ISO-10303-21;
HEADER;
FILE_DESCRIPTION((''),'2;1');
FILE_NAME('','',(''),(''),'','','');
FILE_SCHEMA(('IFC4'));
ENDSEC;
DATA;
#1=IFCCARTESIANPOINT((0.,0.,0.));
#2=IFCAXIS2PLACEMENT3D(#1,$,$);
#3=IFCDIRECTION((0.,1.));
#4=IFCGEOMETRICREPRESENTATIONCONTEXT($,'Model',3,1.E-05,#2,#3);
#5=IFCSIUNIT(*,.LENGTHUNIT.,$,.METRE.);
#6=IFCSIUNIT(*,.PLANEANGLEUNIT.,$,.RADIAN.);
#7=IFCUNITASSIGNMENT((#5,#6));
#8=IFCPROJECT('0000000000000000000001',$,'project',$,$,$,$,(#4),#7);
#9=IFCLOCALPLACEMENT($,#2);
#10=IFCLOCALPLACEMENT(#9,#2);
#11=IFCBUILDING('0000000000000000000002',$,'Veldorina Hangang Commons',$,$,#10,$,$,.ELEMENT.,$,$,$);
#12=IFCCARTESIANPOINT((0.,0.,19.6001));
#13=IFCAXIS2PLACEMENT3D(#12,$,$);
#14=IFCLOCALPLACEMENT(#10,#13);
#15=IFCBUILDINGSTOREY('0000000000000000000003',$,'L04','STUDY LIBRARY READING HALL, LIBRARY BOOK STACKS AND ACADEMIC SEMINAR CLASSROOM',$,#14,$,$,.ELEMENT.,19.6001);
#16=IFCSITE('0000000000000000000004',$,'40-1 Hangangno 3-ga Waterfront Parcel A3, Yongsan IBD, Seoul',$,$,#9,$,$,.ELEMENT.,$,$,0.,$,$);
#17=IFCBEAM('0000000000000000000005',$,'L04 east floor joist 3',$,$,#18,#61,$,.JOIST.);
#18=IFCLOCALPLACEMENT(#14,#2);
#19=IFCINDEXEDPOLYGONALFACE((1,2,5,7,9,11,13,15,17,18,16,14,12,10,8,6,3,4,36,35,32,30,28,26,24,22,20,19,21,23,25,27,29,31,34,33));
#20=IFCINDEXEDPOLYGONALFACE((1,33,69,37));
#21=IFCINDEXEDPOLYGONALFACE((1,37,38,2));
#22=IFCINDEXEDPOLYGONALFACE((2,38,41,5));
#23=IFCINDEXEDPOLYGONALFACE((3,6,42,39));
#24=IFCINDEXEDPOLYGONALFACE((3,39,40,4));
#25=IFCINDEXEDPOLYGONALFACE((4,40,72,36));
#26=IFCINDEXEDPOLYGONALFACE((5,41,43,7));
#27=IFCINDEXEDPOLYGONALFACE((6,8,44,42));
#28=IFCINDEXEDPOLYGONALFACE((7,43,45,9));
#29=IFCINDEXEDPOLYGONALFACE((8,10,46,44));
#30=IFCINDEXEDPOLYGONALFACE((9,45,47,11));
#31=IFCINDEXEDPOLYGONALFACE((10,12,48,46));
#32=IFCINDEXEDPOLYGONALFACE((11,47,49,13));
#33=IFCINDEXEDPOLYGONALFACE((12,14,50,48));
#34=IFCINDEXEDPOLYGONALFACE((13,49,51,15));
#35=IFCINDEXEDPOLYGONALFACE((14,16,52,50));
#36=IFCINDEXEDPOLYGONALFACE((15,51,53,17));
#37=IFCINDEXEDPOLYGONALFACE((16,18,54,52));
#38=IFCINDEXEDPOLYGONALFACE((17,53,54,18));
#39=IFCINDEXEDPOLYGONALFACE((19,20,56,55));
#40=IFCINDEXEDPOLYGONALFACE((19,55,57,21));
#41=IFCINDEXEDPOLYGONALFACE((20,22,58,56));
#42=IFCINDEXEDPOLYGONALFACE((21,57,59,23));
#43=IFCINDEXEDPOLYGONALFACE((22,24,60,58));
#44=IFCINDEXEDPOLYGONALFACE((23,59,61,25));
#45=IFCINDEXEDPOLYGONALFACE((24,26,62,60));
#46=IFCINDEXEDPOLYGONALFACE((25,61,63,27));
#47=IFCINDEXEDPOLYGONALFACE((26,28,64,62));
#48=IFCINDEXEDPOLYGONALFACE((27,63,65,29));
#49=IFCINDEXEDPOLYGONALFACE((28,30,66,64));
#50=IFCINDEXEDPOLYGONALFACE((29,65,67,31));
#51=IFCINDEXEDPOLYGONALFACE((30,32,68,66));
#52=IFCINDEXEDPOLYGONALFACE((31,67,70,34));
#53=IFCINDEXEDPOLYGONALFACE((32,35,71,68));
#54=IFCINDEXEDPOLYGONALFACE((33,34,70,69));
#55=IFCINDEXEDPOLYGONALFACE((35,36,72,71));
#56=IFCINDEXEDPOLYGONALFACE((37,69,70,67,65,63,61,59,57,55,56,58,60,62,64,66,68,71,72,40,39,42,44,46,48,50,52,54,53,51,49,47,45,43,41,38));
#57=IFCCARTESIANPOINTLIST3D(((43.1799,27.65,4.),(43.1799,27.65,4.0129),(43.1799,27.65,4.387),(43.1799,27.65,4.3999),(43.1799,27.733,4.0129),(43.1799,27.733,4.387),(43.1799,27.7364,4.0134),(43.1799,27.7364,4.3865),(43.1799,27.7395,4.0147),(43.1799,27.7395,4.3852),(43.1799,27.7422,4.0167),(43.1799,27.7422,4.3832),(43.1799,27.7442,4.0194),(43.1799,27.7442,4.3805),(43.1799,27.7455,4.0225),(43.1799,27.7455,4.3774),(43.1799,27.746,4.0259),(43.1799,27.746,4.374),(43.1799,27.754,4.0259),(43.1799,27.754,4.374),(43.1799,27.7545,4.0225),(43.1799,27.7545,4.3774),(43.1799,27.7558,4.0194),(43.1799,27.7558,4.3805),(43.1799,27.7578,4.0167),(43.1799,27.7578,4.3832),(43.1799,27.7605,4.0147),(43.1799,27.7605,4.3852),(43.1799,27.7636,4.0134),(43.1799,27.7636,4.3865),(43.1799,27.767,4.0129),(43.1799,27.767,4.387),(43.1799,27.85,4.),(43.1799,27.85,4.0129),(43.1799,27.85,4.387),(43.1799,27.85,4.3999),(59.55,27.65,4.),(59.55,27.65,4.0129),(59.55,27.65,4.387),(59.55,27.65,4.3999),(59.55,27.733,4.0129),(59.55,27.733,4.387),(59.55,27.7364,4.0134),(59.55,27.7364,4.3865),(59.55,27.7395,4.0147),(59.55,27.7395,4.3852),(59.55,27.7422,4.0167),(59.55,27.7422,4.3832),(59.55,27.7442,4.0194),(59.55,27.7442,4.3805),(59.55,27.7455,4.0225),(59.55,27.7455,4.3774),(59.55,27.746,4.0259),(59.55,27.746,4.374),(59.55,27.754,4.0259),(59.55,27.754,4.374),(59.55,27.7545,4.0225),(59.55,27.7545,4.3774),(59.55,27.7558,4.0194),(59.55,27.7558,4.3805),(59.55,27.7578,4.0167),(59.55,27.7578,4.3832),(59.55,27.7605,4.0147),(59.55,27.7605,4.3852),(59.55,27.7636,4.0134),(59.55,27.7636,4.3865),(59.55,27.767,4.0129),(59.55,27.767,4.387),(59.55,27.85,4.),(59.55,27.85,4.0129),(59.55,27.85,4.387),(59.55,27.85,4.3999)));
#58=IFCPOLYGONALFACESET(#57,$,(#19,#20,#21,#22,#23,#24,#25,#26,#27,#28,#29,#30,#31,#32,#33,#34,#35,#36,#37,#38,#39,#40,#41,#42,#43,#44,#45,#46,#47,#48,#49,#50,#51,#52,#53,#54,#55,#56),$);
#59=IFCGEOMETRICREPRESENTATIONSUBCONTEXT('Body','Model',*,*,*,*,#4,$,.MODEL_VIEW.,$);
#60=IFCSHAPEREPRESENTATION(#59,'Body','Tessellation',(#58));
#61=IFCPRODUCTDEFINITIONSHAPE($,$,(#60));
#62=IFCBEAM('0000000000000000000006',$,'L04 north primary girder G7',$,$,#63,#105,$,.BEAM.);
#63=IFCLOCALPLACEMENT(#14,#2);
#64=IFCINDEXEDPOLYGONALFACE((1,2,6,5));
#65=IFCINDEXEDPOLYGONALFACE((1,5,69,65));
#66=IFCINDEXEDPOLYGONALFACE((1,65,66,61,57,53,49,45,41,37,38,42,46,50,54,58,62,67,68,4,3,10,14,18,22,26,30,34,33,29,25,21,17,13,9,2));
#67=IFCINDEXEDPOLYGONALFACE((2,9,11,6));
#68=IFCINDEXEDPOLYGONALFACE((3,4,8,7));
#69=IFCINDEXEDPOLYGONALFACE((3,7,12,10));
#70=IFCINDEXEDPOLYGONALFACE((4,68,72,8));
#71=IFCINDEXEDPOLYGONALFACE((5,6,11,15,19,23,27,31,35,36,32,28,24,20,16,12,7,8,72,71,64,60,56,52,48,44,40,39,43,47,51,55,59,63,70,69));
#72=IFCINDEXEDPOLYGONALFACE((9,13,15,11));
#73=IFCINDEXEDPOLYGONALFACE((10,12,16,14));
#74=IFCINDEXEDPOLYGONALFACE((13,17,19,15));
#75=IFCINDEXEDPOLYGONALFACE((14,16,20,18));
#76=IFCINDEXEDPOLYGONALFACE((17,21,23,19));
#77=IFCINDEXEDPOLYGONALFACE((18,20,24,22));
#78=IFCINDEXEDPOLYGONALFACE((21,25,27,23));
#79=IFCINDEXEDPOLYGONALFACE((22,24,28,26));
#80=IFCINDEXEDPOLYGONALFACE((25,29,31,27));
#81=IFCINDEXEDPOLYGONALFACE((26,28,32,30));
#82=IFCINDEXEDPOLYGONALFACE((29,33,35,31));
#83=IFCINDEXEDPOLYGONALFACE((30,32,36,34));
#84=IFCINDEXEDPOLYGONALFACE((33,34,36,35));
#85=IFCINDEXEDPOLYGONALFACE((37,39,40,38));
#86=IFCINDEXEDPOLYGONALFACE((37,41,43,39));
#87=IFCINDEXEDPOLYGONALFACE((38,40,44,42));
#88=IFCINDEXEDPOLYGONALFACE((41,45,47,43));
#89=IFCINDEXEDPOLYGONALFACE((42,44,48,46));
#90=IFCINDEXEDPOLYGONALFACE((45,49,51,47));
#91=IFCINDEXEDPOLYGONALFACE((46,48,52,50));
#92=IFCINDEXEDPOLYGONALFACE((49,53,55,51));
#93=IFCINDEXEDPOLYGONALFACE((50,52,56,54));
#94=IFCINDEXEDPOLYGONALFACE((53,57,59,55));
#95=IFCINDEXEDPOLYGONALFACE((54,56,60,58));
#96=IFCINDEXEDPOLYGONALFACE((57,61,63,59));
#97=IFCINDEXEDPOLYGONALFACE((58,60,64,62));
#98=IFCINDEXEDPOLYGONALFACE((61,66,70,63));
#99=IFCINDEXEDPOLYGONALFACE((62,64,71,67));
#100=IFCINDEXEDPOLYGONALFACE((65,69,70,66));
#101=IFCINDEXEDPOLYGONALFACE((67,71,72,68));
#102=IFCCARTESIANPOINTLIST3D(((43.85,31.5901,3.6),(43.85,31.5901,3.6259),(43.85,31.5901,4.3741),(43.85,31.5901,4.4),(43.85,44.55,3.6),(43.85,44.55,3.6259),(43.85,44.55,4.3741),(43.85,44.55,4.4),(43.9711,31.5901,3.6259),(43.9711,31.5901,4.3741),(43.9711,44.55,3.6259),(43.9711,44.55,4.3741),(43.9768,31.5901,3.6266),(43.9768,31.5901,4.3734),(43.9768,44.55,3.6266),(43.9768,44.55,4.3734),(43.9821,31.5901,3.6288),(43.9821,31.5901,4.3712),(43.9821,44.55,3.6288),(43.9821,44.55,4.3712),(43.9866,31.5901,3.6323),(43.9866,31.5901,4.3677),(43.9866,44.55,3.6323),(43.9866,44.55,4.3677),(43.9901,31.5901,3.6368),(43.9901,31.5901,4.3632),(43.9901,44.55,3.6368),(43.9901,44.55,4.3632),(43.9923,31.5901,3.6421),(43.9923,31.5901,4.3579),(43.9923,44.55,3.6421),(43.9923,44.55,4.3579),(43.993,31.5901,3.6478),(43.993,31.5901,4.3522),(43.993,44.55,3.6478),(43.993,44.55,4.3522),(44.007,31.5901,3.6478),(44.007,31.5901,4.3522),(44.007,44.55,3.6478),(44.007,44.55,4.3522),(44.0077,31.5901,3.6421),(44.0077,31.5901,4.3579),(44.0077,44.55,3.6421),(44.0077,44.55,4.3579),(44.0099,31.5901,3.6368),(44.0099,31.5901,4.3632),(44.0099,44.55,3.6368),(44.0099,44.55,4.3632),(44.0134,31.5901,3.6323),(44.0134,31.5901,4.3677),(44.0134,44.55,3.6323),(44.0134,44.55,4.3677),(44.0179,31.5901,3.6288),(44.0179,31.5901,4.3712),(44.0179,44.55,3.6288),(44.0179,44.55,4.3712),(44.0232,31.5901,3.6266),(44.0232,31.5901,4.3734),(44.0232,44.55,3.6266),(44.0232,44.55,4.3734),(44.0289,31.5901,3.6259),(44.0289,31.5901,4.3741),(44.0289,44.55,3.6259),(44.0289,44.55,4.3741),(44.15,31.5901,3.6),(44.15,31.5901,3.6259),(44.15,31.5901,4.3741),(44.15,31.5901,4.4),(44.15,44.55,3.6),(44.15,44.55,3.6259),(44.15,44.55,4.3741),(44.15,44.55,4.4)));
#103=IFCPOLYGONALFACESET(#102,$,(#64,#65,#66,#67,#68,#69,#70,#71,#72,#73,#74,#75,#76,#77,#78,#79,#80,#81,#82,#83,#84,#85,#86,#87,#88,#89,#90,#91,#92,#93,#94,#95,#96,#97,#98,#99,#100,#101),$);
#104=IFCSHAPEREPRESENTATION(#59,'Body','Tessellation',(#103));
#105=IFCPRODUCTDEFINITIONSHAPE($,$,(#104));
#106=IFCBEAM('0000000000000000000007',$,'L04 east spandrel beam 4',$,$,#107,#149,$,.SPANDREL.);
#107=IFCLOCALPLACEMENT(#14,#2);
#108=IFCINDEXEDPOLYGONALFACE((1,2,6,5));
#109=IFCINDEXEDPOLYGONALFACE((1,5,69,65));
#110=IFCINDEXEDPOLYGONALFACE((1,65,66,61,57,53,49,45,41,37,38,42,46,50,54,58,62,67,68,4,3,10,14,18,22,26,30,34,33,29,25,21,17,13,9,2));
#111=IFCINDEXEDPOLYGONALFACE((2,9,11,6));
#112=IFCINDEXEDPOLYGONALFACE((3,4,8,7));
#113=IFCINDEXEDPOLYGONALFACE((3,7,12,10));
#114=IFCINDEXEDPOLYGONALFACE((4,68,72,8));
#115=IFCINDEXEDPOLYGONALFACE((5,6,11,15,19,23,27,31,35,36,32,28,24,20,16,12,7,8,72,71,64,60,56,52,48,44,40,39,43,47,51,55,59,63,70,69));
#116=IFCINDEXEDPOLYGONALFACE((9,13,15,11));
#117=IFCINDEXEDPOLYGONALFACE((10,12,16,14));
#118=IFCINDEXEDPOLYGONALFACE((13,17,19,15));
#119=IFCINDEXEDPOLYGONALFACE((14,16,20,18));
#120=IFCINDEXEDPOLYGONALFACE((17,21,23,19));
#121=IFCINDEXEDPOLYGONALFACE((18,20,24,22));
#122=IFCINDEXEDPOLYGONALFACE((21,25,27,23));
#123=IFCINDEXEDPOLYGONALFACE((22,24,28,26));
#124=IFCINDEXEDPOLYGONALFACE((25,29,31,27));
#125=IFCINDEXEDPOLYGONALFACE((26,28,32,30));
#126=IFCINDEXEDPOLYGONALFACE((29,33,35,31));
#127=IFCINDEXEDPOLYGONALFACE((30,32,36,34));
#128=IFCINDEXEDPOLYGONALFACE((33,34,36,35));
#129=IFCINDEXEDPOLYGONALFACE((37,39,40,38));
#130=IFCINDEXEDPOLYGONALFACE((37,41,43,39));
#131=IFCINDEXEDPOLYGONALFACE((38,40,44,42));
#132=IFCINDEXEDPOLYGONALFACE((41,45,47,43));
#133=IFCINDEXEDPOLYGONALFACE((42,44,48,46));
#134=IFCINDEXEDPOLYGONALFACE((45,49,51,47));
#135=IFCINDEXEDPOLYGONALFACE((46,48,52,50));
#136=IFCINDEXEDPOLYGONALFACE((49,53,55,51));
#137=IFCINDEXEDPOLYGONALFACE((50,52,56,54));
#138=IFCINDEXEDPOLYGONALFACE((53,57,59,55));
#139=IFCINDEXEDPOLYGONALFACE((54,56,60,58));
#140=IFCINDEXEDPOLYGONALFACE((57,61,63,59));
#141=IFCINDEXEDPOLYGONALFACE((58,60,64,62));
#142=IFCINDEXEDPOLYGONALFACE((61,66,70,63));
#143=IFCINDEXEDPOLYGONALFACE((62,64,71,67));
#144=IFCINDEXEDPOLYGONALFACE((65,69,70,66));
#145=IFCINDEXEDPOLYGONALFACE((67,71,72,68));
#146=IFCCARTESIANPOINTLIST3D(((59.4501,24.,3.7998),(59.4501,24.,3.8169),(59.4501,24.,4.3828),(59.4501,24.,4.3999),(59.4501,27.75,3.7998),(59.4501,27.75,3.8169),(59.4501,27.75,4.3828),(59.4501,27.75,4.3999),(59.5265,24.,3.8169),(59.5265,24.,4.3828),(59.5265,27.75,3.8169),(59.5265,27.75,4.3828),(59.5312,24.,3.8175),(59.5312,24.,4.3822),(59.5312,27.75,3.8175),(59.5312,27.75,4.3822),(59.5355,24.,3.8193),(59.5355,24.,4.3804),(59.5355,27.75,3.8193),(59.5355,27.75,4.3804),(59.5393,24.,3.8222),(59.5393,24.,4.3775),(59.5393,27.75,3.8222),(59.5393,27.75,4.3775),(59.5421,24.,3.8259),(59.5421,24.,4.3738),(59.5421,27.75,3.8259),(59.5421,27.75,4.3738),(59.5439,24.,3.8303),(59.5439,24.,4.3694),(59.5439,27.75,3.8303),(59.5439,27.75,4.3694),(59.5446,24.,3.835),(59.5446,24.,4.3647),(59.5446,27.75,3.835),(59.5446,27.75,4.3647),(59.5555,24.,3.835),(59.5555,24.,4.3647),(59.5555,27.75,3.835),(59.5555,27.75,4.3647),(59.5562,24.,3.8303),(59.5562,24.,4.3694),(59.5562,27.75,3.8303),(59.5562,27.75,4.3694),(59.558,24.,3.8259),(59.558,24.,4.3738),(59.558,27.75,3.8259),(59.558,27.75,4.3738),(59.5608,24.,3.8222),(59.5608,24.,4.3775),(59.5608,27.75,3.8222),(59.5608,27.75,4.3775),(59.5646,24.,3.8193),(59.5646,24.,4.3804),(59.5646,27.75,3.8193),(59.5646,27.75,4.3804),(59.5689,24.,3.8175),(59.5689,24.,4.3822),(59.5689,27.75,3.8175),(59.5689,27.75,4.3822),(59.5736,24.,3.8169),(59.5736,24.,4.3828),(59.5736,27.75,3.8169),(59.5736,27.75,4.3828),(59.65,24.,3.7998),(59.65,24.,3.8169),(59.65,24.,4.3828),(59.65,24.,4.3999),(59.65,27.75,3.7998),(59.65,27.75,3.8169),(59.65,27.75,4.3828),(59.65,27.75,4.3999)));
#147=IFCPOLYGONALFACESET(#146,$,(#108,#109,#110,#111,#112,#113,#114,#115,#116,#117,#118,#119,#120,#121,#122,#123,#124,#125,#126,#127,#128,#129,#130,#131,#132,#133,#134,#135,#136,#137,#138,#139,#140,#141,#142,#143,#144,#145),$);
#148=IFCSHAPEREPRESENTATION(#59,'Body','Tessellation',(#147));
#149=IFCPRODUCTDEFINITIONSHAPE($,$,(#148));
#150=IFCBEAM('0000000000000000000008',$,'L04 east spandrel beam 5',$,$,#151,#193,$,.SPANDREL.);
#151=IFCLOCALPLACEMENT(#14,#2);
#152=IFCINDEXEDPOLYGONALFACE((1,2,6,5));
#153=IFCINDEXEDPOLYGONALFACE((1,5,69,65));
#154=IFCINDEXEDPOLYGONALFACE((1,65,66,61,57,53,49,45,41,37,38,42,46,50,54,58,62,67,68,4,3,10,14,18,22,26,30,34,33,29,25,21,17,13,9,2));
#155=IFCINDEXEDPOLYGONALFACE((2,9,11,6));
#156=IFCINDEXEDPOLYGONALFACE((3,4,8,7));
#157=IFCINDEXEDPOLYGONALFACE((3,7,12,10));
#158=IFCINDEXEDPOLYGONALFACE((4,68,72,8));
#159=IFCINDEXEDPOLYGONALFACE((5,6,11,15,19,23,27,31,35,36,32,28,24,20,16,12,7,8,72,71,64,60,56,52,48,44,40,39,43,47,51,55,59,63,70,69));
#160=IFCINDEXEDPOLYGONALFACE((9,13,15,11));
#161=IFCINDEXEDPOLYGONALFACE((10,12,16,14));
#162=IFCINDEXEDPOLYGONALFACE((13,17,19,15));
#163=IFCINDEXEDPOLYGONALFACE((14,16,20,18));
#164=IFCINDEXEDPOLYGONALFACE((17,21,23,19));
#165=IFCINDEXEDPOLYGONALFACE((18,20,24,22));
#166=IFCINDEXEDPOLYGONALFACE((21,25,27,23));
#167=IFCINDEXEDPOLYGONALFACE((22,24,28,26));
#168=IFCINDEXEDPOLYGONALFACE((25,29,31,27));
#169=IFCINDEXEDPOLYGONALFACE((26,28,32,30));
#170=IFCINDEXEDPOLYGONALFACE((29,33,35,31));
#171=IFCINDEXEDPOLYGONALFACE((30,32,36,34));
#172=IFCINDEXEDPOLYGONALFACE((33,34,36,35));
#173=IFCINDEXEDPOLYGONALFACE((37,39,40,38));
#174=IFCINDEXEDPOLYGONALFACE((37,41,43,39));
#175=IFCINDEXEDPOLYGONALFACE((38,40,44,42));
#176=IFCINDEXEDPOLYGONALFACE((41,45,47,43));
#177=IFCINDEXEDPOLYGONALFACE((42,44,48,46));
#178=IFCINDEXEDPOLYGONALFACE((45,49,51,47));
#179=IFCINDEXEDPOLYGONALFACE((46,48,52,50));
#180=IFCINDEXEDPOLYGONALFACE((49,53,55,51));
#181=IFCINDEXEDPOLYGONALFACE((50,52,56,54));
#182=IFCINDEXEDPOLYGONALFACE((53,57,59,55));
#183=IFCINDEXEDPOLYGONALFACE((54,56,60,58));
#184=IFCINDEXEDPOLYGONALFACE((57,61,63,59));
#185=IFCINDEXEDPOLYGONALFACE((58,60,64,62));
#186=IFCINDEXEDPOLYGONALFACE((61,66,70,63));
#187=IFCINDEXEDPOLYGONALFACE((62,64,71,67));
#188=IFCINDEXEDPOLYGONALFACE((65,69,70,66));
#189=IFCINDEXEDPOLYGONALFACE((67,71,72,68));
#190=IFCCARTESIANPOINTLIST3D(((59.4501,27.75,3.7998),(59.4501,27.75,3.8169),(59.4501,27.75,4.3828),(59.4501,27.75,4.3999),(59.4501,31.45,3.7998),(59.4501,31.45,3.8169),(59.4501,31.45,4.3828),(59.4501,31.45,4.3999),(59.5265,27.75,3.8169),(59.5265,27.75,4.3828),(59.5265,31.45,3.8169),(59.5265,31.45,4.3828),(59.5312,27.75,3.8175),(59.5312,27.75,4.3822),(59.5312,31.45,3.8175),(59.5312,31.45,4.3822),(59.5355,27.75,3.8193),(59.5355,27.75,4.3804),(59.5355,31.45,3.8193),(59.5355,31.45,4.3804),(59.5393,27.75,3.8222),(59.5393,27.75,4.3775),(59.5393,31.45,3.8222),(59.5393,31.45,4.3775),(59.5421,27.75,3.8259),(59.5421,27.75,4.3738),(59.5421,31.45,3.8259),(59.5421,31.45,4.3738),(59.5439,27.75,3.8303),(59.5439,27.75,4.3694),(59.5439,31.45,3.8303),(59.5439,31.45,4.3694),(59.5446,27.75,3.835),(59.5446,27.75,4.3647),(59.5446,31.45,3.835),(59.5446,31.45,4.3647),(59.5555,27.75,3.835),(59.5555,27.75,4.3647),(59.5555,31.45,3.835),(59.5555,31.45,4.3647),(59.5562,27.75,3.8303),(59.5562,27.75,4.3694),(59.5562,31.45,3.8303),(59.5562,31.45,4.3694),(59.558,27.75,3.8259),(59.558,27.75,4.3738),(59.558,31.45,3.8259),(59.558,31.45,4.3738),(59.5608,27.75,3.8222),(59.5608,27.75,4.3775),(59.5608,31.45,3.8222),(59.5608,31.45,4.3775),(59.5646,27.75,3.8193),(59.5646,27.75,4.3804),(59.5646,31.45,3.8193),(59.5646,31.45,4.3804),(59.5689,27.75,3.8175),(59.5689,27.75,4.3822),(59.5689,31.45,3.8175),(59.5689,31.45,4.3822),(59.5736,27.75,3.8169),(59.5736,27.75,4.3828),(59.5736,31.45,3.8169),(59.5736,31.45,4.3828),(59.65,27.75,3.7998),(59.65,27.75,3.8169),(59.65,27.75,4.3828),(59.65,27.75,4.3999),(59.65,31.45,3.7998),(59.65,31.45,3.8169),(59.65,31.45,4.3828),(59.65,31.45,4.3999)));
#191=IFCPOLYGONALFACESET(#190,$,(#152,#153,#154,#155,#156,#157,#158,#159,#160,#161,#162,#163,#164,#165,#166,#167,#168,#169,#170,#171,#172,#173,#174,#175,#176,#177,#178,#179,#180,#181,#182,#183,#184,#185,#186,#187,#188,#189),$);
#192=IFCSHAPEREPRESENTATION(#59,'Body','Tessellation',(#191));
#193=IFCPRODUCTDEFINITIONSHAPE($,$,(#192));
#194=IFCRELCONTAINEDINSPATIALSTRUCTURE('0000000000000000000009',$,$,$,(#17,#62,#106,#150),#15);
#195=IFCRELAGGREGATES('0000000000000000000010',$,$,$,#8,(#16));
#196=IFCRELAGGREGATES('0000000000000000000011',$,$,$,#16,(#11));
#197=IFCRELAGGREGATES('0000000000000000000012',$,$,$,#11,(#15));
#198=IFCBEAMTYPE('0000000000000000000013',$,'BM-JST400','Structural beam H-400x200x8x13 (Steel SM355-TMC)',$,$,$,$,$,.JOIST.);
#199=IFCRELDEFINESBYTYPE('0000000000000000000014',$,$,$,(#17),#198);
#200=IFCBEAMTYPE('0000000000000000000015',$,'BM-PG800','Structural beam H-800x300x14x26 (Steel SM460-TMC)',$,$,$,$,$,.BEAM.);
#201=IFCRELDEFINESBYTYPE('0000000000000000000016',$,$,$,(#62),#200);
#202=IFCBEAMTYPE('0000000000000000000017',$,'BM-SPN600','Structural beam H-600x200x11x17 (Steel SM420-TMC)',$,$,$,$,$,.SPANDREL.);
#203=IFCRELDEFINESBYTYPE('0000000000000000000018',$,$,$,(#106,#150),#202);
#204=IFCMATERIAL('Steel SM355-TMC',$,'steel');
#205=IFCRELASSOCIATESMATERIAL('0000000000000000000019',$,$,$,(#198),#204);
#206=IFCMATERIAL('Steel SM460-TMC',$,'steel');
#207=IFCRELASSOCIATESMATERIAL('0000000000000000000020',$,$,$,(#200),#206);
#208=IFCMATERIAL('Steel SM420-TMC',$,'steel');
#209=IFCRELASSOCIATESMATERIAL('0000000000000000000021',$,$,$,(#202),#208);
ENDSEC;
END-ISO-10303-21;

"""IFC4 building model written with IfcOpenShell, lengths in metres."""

from ifc_helpers import new_model, si_unit, direction, frame, origin, origin_2d, place, context, subcontext, project, spatial, i_section, extrude, material, material_profile, profile_set, type_object, element, save


model = new_model("IFC4")

# Units and contexts
model_context = context("Model", 3, precision=1e-05, world=origin(), true_north=direction((0.0, 1.0)))
body_context = subcontext(model_context, "Body", "Model", "MODEL_VIEW")
ifc_project = project(units=[si_unit("LENGTHUNIT", "METRE"), si_unit("PLANEANGLEUNIT", "RADIAN")], contexts=[model_context])

# Site, building, storey
site_placement = place(None, origin())
site = spatial("IfcSite", under=ifc_project, at=site_placement, Name="40-1 Hangangno 3-ga Waterfront Parcel A3, Yongsan IBD, Seoul", CompositionType="ELEMENT", RefElevation=0.0)
building_placement = place(site_placement, origin())
building = spatial("IfcBuilding", under=site, at=building_placement, Name="Veldorina Hangang Commons", CompositionType="ELEMENT")
storey_placement = place(building_placement, frame((0.0, 0.0, 19.6001)))
storey = spatial("IfcBuildingStorey", under=building, at=storey_placement, Name="L04", Description="STUDY LIBRARY READING HALL, LIBRARY BOOK STACKS AND ACADEMIC SEMINAR CLASSROOM", CompositionType="ELEMENT", Elevation=19.6001)

# Shared definitions
ifc_material_1 = material(Name="Steel SM420-TMC", Category="steel")

# Beams
ifc_material_2 = material(Name="Steel SM355-TMC", Category="steel")
ifc_material_profile_1 = material_profile(ifc_material_2, i_section(OverallWidth=0.2, OverallDepth=0.3999, WebThickness=0.0081, FlangeThickness=0.0129, FilletRadius=0.0129, at=origin_2d()), Name="H-400x200x8x13")
ifc_profile_set_1 = profile_set([ifc_material_profile_1], Name="Steel SM355-TMC")
beam_type_1 = type_object("IfcBeamType", Name="BM-JST400", Description="Structural beam H-400x200x8x13 (Steel SM355-TMC)", PredefinedType="JOIST", material=ifc_profile_set_1)
for number, where, z_axis, x_axis, name in (
    (1, (43.1799, 27.75, 4.2), (1.0, 0.0, 0.0), (0.0, 1.0, 0.0), "L04 east floor joist 3"),
):
    element("IfcBeam", number, at=place(storey_placement, frame(where, z_axis=z_axis, x_axis=x_axis)), inside=storey, type_object=beam_type_1, Name=name, PredefinedType="JOIST", context=body_context, shape_type="SweptSolid", body=[
        extrude(i_section(OverallWidth=0.2, OverallDepth=0.3999, WebThickness=0.0081, FlangeThickness=0.0129, FilletRadius=0.0129, at=origin_2d()), origin(), (0.0, 0.0, 1.0), 16.3701),
    ])
ifc_material_3 = material(Name="Steel SM460-TMC", Category="steel")
ifc_material_profile_2 = material_profile(ifc_material_3, i_section(OverallWidth=0.3, OverallDepth=0.8, WebThickness=0.0139, FlangeThickness=0.0259, FilletRadius=0.022, at=origin_2d()), Name="H-800x300x14x26")
ifc_profile_set_2 = profile_set([ifc_material_profile_2], Name="Steel SM460-TMC")
beam_type_2 = type_object("IfcBeamType", Name="BM-PG800", Description="Structural beam H-800x300x14x26 (Steel SM460-TMC)", PredefinedType="BEAM", material=ifc_profile_set_2)
beam_1_placement = place(storey_placement, frame((44.0, 31.5901, 4.0), z_axis=(0.0, 1.0, 0.0), x_axis=(-1.0, 0.0, 0.0)))
element("IfcBeam", 2, at=beam_1_placement, inside=storey, type_object=beam_type_2, Name="L04 north primary girder G7", PredefinedType="BEAM", context=body_context, shape_type="SweptSolid", body=[
    extrude(i_section(OverallWidth=0.3, OverallDepth=0.8, WebThickness=0.0139, FlangeThickness=0.0259, FilletRadius=0.022, at=origin_2d()), origin(), (0.0, 0.0, 1.0), 12.96),
])
ifc_material_profile_3 = material_profile(ifc_material_1, i_section(OverallWidth=0.2, OverallDepth=0.6001, WebThickness=0.011, FlangeThickness=0.0171, FilletRadius=0.0181, at=origin_2d()), Name="H-600x200x11x17")
ifc_profile_set_3 = profile_set([ifc_material_profile_3], Name="Steel SM420-TMC")
beam_type_3 = type_object("IfcBeamType", Name="BM-SPN600", Description="Structural beam H-600x200x11x17 (Steel SM420-TMC)", PredefinedType="SPANDREL", material=ifc_profile_set_3)
beam_2_placement = place(storey_placement, frame((59.55, 24.0, 4.0999), z_axis=(0.0, 1.0, 0.0), x_axis=(-1.0, 0.0, 0.0)))
element("IfcBeam", 3, at=beam_2_placement, inside=storey, type_object=beam_type_3, Name="L04 east spandrel beam 4", PredefinedType="SPANDREL", context=body_context, shape_type="SweptSolid", body=[
    extrude(i_section(OverallWidth=0.2, OverallDepth=0.6001, WebThickness=0.011, FlangeThickness=0.0171, FilletRadius=0.0181, at=origin_2d()), origin(), (0.0, 0.0, 1.0), 3.75),
])
beam_3_placement = place(storey_placement, frame((59.55, 27.75, 4.0999), z_axis=(0.0, 1.0, 0.0), x_axis=(-1.0, 0.0, 0.0)))
element("IfcBeam", 4, at=beam_3_placement, inside=storey, type_object=beam_type_3, Name="L04 east spandrel beam 5", PredefinedType="SPANDREL", context=body_context, shape_type="SweptSolid", body=[
    extrude(i_section(OverallWidth=0.2, OverallDepth=0.6001, WebThickness=0.011, FlangeThickness=0.0171, FilletRadius=0.0181, at=origin_2d()), origin(), (0.0, 0.0, 1.0), 3.7),
])

save(model, "model.ifc")
